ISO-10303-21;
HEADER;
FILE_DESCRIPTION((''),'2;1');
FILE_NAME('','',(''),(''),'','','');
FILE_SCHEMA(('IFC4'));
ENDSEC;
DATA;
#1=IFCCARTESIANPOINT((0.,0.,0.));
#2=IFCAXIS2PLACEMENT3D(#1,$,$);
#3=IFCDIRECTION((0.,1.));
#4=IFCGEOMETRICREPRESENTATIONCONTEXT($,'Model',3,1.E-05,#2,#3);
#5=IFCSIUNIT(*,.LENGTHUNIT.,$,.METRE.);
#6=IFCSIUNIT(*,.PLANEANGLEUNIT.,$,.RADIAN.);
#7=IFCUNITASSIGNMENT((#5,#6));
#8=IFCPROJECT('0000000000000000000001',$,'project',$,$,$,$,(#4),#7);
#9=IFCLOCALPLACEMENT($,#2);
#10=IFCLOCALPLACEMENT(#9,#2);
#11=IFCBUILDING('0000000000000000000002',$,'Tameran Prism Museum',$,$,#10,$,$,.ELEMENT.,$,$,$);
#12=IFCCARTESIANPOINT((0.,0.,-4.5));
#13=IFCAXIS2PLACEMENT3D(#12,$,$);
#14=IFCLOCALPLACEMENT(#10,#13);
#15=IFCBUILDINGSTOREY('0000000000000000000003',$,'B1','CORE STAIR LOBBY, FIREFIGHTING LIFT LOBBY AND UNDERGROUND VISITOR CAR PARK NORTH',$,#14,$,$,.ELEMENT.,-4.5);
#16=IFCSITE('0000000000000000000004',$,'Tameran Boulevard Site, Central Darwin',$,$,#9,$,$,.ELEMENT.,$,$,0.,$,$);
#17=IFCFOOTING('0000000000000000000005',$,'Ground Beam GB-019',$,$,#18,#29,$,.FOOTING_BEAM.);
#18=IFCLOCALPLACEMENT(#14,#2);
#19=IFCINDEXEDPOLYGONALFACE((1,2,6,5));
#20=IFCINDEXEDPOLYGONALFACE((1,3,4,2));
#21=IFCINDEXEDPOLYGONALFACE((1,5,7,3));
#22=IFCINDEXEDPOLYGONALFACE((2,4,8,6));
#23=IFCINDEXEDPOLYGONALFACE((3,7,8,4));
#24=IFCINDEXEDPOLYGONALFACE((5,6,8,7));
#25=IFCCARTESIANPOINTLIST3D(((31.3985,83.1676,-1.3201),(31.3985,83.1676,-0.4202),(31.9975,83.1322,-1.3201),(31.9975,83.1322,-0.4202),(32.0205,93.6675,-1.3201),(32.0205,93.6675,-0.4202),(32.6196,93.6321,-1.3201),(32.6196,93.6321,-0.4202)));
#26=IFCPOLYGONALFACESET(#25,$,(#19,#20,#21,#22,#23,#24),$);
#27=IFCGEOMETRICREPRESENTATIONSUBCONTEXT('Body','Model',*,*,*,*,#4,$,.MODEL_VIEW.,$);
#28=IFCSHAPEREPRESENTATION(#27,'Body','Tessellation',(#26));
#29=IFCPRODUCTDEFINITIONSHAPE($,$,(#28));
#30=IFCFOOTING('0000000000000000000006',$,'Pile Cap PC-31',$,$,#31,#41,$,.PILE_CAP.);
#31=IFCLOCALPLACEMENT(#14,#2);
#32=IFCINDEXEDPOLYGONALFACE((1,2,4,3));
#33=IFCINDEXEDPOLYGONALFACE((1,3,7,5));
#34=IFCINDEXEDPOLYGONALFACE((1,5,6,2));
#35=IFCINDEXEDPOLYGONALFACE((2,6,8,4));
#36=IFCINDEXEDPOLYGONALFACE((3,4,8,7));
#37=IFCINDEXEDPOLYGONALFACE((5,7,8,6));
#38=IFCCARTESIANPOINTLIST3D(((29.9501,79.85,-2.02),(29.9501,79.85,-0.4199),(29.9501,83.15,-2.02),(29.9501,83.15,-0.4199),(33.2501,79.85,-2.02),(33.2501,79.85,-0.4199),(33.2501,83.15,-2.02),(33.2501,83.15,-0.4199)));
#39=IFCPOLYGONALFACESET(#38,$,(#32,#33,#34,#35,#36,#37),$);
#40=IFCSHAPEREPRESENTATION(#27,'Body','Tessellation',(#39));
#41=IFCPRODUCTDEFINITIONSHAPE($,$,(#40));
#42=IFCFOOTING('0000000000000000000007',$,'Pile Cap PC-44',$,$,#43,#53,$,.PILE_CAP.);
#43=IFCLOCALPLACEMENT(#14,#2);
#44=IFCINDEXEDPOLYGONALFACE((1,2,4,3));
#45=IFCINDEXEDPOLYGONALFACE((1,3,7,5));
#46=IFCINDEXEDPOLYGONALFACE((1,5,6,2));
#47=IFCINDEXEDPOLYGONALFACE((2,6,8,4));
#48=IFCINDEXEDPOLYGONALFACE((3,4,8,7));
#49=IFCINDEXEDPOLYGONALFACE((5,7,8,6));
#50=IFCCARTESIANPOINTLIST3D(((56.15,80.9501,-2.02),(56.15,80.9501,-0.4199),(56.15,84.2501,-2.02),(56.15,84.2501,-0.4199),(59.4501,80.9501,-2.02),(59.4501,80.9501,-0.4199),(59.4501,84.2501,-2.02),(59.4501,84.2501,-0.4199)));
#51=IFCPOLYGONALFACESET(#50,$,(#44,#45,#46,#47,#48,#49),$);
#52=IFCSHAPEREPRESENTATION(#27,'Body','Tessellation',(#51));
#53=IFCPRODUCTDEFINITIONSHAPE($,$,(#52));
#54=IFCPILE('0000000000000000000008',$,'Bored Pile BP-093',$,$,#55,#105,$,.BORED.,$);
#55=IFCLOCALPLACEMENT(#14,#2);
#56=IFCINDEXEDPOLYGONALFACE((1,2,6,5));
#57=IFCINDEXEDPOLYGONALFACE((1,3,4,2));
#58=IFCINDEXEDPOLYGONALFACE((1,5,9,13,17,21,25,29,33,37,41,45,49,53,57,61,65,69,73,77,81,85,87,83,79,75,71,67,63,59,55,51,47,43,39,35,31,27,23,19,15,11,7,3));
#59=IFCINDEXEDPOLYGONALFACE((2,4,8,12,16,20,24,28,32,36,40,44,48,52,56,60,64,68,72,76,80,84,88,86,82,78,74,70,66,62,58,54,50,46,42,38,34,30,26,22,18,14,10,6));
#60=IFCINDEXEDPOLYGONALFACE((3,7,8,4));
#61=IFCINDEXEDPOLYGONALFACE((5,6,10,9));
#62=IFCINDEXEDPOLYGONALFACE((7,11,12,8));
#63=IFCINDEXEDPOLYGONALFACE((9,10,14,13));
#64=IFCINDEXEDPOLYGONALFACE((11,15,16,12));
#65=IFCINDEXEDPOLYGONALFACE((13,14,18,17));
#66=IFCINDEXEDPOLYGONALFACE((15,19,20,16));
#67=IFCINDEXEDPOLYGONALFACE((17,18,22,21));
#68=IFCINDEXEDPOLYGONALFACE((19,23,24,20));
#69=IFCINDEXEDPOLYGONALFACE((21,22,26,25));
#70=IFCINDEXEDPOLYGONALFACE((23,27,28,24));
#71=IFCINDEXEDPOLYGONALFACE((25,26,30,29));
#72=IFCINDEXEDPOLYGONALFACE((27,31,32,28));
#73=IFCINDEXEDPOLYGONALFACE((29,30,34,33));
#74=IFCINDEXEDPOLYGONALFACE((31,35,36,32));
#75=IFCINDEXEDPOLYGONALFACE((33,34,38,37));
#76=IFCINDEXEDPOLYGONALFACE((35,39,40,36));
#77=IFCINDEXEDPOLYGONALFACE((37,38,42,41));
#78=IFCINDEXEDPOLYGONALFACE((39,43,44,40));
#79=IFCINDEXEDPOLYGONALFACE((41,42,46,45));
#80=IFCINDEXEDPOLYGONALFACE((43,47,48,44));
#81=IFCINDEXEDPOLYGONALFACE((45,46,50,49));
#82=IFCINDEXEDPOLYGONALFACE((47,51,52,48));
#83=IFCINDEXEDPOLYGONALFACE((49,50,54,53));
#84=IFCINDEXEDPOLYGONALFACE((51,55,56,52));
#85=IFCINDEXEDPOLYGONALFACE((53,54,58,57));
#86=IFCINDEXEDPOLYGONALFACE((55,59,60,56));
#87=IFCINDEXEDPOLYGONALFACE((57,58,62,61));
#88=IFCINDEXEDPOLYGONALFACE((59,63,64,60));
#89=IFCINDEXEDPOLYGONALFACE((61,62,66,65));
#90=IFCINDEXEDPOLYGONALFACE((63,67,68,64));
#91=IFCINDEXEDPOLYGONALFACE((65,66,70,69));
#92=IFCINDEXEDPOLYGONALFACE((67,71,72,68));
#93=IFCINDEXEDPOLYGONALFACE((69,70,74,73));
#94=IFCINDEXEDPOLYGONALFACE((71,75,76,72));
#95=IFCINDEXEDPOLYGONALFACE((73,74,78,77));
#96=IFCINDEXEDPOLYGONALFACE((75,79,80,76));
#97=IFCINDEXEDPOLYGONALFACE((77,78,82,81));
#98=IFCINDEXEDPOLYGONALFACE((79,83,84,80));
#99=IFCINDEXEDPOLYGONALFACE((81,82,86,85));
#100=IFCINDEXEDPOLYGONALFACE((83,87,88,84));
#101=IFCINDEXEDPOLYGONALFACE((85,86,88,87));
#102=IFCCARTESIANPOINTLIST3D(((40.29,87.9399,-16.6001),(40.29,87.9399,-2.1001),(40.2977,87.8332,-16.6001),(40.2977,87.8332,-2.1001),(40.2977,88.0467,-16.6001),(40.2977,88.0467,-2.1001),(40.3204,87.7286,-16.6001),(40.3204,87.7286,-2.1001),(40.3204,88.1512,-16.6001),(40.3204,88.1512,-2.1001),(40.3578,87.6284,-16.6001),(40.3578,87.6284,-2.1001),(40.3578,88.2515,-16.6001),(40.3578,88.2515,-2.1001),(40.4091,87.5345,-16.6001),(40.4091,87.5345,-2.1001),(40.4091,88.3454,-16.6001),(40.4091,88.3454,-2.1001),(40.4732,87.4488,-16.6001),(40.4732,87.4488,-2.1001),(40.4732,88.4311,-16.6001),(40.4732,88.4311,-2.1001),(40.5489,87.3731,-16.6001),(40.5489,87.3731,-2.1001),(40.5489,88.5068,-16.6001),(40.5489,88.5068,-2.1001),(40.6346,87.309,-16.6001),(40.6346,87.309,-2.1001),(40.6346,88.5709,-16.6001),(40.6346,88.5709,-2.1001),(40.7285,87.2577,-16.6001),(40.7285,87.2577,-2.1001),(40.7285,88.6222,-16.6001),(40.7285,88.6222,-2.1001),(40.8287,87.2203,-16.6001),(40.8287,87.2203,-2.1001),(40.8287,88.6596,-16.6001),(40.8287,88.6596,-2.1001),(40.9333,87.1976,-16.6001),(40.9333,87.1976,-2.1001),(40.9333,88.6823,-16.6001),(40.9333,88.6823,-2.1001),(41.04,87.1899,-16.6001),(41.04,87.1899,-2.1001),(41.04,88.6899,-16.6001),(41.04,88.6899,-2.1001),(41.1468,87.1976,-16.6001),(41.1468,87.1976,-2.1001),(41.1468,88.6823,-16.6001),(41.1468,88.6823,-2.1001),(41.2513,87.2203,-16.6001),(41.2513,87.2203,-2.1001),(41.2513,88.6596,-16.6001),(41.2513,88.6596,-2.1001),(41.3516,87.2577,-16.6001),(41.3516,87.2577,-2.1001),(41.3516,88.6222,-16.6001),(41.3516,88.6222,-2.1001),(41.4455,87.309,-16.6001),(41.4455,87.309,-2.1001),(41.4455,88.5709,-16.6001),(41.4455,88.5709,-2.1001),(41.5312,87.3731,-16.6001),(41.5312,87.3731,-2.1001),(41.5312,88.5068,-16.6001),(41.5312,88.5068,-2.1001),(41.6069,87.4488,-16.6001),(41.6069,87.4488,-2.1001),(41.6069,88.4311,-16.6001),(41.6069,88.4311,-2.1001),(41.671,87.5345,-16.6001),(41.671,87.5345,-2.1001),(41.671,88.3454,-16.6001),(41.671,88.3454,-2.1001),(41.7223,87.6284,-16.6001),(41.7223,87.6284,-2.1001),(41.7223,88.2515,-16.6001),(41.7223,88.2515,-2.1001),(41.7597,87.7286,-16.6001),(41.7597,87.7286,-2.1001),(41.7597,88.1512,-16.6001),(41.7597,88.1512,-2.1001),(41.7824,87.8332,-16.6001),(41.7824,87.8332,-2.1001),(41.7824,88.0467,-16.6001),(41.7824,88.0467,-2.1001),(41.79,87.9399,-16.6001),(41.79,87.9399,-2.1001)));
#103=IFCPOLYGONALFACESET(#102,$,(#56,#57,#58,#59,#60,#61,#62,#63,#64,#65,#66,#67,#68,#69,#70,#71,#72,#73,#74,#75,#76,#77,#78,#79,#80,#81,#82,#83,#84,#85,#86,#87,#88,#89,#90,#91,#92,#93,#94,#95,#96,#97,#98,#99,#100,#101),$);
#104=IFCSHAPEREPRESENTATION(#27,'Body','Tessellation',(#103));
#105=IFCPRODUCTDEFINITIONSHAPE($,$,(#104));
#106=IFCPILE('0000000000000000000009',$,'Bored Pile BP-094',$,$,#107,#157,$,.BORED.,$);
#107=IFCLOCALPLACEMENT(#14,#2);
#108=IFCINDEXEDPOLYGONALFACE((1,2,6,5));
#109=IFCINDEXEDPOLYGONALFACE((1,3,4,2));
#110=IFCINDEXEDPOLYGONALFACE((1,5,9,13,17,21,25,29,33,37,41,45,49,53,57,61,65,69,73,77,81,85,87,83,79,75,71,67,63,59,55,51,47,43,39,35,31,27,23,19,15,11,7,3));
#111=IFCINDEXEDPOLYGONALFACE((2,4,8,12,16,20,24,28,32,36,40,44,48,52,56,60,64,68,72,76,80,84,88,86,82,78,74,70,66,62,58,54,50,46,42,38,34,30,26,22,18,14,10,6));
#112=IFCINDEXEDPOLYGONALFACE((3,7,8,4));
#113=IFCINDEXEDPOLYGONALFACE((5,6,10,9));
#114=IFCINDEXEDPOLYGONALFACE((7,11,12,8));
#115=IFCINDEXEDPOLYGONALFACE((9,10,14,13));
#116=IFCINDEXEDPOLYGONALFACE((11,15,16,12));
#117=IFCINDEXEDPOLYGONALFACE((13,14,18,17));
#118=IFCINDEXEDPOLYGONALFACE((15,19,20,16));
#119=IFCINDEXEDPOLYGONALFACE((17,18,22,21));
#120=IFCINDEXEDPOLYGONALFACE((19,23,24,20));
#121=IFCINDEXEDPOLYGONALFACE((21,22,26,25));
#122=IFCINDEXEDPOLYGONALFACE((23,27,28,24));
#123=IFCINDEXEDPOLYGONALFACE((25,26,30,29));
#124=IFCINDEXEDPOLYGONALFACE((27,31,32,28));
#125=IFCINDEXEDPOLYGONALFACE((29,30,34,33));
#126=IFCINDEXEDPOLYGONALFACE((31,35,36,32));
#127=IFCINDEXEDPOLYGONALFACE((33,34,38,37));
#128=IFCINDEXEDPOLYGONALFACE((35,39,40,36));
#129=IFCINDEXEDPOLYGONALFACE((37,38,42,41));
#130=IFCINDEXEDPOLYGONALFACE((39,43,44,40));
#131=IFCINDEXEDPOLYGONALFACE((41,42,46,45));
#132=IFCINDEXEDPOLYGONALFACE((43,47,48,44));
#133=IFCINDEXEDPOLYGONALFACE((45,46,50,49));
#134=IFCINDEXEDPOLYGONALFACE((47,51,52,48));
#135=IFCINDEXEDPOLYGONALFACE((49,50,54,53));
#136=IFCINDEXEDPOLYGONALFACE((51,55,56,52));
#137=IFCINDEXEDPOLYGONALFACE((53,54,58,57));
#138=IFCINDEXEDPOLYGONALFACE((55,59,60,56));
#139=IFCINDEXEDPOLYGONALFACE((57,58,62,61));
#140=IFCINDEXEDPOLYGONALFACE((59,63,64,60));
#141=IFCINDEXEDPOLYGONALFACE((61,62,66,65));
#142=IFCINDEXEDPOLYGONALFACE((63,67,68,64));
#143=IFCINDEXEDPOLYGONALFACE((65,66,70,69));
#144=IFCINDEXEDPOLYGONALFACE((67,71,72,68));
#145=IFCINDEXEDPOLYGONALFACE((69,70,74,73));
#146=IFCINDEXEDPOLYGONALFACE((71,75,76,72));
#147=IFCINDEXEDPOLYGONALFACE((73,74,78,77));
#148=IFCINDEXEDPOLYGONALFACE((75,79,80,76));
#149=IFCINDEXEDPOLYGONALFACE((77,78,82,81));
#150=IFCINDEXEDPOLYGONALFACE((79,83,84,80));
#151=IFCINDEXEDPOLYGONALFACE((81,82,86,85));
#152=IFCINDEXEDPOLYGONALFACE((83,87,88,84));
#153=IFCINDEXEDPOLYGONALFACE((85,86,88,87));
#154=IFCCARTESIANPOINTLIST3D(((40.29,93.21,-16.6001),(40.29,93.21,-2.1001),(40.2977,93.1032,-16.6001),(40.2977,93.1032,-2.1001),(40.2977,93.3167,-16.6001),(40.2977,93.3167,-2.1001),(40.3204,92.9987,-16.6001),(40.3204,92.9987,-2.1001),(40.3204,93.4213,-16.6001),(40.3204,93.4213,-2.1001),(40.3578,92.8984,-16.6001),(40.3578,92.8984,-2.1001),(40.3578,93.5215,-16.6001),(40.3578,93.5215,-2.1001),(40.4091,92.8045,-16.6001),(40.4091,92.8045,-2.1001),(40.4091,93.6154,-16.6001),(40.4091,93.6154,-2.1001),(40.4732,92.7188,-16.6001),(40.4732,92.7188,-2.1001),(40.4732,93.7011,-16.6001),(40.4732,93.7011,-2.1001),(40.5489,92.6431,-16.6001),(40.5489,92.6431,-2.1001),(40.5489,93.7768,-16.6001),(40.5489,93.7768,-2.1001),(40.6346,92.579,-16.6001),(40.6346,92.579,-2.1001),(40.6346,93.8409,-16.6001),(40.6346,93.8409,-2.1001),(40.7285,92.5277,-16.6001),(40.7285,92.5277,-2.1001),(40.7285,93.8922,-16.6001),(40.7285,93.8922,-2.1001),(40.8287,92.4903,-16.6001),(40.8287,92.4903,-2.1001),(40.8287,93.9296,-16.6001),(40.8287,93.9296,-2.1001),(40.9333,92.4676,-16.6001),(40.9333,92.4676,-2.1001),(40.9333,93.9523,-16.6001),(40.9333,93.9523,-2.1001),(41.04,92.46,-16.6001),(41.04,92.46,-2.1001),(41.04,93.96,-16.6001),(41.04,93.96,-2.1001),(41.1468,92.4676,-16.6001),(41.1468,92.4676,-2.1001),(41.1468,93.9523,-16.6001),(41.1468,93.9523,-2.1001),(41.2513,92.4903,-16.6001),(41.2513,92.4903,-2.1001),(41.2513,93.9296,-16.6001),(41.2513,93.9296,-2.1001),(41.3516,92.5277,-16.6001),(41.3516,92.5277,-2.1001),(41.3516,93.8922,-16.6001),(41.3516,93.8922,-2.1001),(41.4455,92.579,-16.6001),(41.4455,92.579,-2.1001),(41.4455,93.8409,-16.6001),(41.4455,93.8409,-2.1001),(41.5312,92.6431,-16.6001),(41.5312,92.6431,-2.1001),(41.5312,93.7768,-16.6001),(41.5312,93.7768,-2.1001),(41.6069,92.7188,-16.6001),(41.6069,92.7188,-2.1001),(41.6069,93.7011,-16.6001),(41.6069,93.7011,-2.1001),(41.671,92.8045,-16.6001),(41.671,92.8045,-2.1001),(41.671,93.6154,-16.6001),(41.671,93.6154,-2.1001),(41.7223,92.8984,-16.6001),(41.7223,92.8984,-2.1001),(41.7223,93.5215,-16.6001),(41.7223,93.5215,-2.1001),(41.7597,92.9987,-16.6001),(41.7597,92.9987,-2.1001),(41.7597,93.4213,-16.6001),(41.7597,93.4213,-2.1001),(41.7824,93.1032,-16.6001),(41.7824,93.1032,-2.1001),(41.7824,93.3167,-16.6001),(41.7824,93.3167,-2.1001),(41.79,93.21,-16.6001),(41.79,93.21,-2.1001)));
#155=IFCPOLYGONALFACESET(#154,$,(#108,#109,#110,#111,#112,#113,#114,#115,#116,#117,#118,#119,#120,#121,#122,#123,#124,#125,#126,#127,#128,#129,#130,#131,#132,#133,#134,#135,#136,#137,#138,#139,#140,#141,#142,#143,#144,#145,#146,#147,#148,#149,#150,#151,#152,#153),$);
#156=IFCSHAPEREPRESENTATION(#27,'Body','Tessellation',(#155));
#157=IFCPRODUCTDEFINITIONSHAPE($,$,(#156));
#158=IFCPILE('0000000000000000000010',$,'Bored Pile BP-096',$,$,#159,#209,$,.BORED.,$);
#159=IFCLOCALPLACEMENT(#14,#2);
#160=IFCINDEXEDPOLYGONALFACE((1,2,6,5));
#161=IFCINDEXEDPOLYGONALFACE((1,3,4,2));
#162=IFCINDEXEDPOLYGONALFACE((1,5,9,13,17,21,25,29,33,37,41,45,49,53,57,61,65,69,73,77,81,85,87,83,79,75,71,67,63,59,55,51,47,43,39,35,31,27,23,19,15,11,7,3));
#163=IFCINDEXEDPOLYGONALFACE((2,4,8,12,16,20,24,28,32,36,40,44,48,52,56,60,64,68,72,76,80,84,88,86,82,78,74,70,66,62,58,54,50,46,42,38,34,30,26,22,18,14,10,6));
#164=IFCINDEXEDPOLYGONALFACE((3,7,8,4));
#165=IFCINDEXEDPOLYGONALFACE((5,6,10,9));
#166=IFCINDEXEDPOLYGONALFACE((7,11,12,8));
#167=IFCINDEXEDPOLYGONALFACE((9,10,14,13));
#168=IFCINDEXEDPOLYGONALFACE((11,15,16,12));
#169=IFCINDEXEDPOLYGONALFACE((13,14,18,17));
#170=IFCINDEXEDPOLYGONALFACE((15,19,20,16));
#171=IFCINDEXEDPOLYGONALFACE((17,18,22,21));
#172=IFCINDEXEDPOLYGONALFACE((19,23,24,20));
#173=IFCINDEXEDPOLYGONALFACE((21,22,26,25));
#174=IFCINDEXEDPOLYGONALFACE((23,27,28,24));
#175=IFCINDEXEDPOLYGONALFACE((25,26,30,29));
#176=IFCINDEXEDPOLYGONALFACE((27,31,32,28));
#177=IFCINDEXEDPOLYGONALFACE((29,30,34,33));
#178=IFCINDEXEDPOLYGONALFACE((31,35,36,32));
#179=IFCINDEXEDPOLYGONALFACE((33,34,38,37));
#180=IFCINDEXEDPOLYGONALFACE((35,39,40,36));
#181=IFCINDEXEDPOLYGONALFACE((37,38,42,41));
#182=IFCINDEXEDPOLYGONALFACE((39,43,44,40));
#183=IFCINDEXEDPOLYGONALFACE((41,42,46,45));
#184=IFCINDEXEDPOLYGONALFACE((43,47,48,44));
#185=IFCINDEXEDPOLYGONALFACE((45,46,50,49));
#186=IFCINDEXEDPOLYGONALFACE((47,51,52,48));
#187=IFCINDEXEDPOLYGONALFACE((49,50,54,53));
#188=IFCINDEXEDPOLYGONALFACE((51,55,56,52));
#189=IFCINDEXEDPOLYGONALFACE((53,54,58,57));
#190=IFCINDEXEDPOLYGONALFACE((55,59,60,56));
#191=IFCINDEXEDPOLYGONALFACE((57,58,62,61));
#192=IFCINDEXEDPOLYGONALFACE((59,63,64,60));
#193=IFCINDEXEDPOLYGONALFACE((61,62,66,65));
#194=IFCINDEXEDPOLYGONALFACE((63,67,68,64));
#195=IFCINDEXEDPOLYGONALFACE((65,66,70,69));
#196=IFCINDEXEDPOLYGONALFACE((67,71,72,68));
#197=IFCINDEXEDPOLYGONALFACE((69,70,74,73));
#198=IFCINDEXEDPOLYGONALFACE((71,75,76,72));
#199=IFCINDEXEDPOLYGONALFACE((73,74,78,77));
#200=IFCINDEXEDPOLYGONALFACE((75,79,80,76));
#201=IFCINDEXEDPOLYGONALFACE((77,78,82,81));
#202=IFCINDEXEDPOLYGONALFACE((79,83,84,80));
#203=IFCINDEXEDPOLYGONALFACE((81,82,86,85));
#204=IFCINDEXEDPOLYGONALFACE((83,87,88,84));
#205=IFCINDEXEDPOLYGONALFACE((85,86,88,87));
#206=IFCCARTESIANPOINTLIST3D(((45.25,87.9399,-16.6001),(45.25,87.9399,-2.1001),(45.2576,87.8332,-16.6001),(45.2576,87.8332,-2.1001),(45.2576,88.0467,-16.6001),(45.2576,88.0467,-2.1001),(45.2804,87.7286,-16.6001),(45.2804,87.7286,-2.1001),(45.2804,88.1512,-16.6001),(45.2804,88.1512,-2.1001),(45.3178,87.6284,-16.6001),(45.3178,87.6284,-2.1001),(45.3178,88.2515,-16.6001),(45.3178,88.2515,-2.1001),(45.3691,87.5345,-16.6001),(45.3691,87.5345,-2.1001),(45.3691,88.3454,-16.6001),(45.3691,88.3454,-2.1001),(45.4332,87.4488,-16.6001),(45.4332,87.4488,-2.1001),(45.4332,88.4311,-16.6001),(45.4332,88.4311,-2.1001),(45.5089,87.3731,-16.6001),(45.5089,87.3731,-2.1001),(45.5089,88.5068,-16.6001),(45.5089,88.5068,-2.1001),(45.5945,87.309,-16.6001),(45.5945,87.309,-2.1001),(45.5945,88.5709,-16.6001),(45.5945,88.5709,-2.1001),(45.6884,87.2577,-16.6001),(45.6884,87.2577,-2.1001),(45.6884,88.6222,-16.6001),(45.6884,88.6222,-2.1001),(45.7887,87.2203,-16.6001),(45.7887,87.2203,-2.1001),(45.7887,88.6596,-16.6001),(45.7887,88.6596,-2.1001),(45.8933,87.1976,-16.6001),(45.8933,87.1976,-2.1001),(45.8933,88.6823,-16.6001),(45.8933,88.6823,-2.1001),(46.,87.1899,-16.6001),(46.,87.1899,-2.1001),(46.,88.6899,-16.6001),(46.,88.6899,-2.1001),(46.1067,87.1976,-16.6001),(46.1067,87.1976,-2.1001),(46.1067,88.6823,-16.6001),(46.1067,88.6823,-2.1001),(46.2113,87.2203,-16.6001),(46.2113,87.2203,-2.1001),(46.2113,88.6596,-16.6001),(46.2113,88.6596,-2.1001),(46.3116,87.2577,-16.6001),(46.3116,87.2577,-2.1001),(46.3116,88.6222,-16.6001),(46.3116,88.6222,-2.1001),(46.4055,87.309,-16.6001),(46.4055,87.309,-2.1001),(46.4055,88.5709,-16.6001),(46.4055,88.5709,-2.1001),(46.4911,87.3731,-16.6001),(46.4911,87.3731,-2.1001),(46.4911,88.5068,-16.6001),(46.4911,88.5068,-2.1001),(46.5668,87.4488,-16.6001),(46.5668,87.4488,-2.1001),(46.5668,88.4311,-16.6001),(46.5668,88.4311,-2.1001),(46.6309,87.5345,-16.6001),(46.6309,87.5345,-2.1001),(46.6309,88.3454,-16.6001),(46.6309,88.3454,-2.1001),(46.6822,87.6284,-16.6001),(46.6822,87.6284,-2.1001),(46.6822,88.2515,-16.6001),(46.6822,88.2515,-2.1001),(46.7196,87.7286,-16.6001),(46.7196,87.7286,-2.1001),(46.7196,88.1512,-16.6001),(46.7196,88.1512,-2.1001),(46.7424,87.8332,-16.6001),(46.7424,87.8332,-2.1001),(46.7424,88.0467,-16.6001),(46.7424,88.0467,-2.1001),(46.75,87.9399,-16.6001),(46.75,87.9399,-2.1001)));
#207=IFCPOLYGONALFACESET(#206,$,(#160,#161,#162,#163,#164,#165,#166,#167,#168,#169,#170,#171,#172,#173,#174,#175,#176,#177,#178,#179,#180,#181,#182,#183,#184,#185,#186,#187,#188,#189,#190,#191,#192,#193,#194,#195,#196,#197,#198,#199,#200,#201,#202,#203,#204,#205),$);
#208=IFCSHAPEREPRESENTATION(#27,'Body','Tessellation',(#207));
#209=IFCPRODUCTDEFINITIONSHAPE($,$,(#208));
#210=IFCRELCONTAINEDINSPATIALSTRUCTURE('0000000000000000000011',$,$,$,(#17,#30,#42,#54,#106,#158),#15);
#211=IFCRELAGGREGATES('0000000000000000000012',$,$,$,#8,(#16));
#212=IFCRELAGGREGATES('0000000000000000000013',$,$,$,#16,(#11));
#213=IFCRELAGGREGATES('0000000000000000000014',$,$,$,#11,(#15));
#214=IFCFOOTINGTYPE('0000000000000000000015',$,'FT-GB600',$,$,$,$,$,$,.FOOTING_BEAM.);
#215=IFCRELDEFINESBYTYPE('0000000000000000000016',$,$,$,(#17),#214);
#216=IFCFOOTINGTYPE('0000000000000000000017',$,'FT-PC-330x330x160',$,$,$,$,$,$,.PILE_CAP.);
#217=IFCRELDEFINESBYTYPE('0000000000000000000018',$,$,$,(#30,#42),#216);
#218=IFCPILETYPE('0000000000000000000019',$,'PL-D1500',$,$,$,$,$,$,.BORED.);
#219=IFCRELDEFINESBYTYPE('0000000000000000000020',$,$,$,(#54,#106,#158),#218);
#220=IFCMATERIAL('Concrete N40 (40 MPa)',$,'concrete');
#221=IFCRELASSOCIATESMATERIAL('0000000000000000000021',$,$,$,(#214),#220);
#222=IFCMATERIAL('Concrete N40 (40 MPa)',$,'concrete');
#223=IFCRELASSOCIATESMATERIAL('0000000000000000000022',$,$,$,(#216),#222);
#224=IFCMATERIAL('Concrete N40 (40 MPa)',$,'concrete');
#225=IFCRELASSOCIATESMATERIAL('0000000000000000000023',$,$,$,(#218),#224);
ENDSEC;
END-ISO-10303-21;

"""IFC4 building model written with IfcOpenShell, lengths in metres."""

from ifc_helpers import new_model, si_unit, direction, frame, origin, origin_2d, place, context, subcontext, project, spatial, rectangle, circle, extrude, material, material_profile, profile_set, type_object, element, save


model = new_model("IFC4")

# Units and contexts
model_context = context("Model", 3, precision=1e-05, world=origin(), true_north=direction((0.0, 1.0)))
body_context = subcontext(model_context, "Body", "Model", "MODEL_VIEW")
ifc_project = project(units=[si_unit("LENGTHUNIT", "METRE"), si_unit("PLANEANGLEUNIT", "RADIAN")], contexts=[model_context])

# Site, building, storey
site_placement = place(None, origin())
site = spatial("IfcSite", under=ifc_project, at=site_placement, Name="Tameran Boulevard Site, Central Darwin", CompositionType="ELEMENT", RefElevation=0.0)
building_placement = place(site_placement, origin())
building = spatial("IfcBuilding", under=site, at=building_placement, Name="Tameran Prism Museum", CompositionType="ELEMENT")
storey_placement = place(building_placement, frame((0.0, 0.0, -4.5)))
storey = spatial("IfcBuildingStorey", under=building, at=storey_placement, Name="B1", Description="CORE STAIR LOBBY, FIREFIGHTING LIFT LOBBY AND UNDERGROUND VISITOR CAR PARK NORTH", CompositionType="ELEMENT", Elevation=-4.5)

# Footings
ifc_material_1 = material(Name="Concrete N40 (40 MPa)", Category="concrete")
ifc_material_profile_1 = material_profile(ifc_material_1, rectangle(XDim=0.6001, YDim=0.8999, at=origin_2d()))
ifc_profile_set_1 = profile_set([ifc_material_profile_1])
footing_type_1 = type_object("IfcFootingType", Name="FT-GB600", PredefinedType="FOOTING_BEAM", material=ifc_profile_set_1)
footing_placement = place(storey_placement, frame((31.698, 83.1499, -0.8701), z_axis=(0.059141, 0.99825, 0.0), x_axis=(-0.99825, 0.059141, 0.0)))
element("IfcFooting", 1, at=footing_placement, inside=storey, type_object=footing_type_1, Name="Ground Beam GB-019", PredefinedType="FOOTING_BEAM", context=body_context, shape_type="SweptSolid", body=[
    extrude(rectangle(XDim=0.6001, YDim=0.8999, at=origin_2d()), origin(), (0.0, 0.0, 1.0), 10.5183),
])
ifc_material_2 = material(Name="Concrete N40 (40 MPa)", Category="concrete")
footing_type_2 = type_object("IfcFootingType", Name="FT-PC-330x330x160", PredefinedType="PILE_CAP", material=ifc_material_2)
for number, where, z_axis, x_axis, name in (
    (2, (31.6001, 81.5, -2.02), (0.0, 0.0, 1.0), (1.0, 0.0, 0.0), "Pile Cap PC-31"),
    (3, (57.8, 82.6001, -2.02), (0.0, 0.0, 1.0), (1.0, 0.0, 0.0), "Pile Cap PC-44"),
):
    element("IfcFooting", number, at=place(storey_placement, frame(where, z_axis=z_axis, x_axis=x_axis)), inside=storey, type_object=footing_type_2, Name=name, PredefinedType="PILE_CAP", context=body_context, shape_type="SweptSolid", body=[
        extrude(rectangle(XDim=3.3, YDim=3.3, at=origin_2d()), origin(), (0.0, 0.0, 1.0), 1.6001),
    ])

# Piles
ifc_material_3 = material(Name="Concrete N40 (40 MPa)", Category="concrete")
ifc_material_profile_2 = material_profile(ifc_material_3, circle(Radius=0.75, at=origin_2d()))
ifc_profile_set_2 = profile_set([ifc_material_profile_2])
pile_type_1 = type_object("IfcPileType", Name="PL-D1500", PredefinedType="BORED", material=ifc_profile_set_2)
for number, where, z_axis, x_axis, name in (
    (4, (41.04, 87.9399, -2.1001), (0.0, 0.0, -1.0), (1.0, 0.0, 0.0), "Bored Pile BP-093"),
    (5, (41.04, 93.21, -2.1001), (0.0, 0.0, -1.0), (1.0, 0.0, 0.0), "Bored Pile BP-094"),
    (6, (46.0, 87.9399, -2.1001), (0.0, 0.0, -1.0), (1.0, 0.0, 0.0), "Bored Pile BP-096"),
):
    element("IfcPile", number, at=place(storey_placement, frame(where, z_axis=z_axis, x_axis=x_axis)), inside=storey, type_object=pile_type_1, Name=name, PredefinedType="BORED", context=body_context, shape_type="SweptSolid", body=[
        extrude(circle(Radius=0.75, at=origin_2d()), origin(), (0.0, 0.0, 1.0), 14.5),
    ])

save(model, "model.ifc")
